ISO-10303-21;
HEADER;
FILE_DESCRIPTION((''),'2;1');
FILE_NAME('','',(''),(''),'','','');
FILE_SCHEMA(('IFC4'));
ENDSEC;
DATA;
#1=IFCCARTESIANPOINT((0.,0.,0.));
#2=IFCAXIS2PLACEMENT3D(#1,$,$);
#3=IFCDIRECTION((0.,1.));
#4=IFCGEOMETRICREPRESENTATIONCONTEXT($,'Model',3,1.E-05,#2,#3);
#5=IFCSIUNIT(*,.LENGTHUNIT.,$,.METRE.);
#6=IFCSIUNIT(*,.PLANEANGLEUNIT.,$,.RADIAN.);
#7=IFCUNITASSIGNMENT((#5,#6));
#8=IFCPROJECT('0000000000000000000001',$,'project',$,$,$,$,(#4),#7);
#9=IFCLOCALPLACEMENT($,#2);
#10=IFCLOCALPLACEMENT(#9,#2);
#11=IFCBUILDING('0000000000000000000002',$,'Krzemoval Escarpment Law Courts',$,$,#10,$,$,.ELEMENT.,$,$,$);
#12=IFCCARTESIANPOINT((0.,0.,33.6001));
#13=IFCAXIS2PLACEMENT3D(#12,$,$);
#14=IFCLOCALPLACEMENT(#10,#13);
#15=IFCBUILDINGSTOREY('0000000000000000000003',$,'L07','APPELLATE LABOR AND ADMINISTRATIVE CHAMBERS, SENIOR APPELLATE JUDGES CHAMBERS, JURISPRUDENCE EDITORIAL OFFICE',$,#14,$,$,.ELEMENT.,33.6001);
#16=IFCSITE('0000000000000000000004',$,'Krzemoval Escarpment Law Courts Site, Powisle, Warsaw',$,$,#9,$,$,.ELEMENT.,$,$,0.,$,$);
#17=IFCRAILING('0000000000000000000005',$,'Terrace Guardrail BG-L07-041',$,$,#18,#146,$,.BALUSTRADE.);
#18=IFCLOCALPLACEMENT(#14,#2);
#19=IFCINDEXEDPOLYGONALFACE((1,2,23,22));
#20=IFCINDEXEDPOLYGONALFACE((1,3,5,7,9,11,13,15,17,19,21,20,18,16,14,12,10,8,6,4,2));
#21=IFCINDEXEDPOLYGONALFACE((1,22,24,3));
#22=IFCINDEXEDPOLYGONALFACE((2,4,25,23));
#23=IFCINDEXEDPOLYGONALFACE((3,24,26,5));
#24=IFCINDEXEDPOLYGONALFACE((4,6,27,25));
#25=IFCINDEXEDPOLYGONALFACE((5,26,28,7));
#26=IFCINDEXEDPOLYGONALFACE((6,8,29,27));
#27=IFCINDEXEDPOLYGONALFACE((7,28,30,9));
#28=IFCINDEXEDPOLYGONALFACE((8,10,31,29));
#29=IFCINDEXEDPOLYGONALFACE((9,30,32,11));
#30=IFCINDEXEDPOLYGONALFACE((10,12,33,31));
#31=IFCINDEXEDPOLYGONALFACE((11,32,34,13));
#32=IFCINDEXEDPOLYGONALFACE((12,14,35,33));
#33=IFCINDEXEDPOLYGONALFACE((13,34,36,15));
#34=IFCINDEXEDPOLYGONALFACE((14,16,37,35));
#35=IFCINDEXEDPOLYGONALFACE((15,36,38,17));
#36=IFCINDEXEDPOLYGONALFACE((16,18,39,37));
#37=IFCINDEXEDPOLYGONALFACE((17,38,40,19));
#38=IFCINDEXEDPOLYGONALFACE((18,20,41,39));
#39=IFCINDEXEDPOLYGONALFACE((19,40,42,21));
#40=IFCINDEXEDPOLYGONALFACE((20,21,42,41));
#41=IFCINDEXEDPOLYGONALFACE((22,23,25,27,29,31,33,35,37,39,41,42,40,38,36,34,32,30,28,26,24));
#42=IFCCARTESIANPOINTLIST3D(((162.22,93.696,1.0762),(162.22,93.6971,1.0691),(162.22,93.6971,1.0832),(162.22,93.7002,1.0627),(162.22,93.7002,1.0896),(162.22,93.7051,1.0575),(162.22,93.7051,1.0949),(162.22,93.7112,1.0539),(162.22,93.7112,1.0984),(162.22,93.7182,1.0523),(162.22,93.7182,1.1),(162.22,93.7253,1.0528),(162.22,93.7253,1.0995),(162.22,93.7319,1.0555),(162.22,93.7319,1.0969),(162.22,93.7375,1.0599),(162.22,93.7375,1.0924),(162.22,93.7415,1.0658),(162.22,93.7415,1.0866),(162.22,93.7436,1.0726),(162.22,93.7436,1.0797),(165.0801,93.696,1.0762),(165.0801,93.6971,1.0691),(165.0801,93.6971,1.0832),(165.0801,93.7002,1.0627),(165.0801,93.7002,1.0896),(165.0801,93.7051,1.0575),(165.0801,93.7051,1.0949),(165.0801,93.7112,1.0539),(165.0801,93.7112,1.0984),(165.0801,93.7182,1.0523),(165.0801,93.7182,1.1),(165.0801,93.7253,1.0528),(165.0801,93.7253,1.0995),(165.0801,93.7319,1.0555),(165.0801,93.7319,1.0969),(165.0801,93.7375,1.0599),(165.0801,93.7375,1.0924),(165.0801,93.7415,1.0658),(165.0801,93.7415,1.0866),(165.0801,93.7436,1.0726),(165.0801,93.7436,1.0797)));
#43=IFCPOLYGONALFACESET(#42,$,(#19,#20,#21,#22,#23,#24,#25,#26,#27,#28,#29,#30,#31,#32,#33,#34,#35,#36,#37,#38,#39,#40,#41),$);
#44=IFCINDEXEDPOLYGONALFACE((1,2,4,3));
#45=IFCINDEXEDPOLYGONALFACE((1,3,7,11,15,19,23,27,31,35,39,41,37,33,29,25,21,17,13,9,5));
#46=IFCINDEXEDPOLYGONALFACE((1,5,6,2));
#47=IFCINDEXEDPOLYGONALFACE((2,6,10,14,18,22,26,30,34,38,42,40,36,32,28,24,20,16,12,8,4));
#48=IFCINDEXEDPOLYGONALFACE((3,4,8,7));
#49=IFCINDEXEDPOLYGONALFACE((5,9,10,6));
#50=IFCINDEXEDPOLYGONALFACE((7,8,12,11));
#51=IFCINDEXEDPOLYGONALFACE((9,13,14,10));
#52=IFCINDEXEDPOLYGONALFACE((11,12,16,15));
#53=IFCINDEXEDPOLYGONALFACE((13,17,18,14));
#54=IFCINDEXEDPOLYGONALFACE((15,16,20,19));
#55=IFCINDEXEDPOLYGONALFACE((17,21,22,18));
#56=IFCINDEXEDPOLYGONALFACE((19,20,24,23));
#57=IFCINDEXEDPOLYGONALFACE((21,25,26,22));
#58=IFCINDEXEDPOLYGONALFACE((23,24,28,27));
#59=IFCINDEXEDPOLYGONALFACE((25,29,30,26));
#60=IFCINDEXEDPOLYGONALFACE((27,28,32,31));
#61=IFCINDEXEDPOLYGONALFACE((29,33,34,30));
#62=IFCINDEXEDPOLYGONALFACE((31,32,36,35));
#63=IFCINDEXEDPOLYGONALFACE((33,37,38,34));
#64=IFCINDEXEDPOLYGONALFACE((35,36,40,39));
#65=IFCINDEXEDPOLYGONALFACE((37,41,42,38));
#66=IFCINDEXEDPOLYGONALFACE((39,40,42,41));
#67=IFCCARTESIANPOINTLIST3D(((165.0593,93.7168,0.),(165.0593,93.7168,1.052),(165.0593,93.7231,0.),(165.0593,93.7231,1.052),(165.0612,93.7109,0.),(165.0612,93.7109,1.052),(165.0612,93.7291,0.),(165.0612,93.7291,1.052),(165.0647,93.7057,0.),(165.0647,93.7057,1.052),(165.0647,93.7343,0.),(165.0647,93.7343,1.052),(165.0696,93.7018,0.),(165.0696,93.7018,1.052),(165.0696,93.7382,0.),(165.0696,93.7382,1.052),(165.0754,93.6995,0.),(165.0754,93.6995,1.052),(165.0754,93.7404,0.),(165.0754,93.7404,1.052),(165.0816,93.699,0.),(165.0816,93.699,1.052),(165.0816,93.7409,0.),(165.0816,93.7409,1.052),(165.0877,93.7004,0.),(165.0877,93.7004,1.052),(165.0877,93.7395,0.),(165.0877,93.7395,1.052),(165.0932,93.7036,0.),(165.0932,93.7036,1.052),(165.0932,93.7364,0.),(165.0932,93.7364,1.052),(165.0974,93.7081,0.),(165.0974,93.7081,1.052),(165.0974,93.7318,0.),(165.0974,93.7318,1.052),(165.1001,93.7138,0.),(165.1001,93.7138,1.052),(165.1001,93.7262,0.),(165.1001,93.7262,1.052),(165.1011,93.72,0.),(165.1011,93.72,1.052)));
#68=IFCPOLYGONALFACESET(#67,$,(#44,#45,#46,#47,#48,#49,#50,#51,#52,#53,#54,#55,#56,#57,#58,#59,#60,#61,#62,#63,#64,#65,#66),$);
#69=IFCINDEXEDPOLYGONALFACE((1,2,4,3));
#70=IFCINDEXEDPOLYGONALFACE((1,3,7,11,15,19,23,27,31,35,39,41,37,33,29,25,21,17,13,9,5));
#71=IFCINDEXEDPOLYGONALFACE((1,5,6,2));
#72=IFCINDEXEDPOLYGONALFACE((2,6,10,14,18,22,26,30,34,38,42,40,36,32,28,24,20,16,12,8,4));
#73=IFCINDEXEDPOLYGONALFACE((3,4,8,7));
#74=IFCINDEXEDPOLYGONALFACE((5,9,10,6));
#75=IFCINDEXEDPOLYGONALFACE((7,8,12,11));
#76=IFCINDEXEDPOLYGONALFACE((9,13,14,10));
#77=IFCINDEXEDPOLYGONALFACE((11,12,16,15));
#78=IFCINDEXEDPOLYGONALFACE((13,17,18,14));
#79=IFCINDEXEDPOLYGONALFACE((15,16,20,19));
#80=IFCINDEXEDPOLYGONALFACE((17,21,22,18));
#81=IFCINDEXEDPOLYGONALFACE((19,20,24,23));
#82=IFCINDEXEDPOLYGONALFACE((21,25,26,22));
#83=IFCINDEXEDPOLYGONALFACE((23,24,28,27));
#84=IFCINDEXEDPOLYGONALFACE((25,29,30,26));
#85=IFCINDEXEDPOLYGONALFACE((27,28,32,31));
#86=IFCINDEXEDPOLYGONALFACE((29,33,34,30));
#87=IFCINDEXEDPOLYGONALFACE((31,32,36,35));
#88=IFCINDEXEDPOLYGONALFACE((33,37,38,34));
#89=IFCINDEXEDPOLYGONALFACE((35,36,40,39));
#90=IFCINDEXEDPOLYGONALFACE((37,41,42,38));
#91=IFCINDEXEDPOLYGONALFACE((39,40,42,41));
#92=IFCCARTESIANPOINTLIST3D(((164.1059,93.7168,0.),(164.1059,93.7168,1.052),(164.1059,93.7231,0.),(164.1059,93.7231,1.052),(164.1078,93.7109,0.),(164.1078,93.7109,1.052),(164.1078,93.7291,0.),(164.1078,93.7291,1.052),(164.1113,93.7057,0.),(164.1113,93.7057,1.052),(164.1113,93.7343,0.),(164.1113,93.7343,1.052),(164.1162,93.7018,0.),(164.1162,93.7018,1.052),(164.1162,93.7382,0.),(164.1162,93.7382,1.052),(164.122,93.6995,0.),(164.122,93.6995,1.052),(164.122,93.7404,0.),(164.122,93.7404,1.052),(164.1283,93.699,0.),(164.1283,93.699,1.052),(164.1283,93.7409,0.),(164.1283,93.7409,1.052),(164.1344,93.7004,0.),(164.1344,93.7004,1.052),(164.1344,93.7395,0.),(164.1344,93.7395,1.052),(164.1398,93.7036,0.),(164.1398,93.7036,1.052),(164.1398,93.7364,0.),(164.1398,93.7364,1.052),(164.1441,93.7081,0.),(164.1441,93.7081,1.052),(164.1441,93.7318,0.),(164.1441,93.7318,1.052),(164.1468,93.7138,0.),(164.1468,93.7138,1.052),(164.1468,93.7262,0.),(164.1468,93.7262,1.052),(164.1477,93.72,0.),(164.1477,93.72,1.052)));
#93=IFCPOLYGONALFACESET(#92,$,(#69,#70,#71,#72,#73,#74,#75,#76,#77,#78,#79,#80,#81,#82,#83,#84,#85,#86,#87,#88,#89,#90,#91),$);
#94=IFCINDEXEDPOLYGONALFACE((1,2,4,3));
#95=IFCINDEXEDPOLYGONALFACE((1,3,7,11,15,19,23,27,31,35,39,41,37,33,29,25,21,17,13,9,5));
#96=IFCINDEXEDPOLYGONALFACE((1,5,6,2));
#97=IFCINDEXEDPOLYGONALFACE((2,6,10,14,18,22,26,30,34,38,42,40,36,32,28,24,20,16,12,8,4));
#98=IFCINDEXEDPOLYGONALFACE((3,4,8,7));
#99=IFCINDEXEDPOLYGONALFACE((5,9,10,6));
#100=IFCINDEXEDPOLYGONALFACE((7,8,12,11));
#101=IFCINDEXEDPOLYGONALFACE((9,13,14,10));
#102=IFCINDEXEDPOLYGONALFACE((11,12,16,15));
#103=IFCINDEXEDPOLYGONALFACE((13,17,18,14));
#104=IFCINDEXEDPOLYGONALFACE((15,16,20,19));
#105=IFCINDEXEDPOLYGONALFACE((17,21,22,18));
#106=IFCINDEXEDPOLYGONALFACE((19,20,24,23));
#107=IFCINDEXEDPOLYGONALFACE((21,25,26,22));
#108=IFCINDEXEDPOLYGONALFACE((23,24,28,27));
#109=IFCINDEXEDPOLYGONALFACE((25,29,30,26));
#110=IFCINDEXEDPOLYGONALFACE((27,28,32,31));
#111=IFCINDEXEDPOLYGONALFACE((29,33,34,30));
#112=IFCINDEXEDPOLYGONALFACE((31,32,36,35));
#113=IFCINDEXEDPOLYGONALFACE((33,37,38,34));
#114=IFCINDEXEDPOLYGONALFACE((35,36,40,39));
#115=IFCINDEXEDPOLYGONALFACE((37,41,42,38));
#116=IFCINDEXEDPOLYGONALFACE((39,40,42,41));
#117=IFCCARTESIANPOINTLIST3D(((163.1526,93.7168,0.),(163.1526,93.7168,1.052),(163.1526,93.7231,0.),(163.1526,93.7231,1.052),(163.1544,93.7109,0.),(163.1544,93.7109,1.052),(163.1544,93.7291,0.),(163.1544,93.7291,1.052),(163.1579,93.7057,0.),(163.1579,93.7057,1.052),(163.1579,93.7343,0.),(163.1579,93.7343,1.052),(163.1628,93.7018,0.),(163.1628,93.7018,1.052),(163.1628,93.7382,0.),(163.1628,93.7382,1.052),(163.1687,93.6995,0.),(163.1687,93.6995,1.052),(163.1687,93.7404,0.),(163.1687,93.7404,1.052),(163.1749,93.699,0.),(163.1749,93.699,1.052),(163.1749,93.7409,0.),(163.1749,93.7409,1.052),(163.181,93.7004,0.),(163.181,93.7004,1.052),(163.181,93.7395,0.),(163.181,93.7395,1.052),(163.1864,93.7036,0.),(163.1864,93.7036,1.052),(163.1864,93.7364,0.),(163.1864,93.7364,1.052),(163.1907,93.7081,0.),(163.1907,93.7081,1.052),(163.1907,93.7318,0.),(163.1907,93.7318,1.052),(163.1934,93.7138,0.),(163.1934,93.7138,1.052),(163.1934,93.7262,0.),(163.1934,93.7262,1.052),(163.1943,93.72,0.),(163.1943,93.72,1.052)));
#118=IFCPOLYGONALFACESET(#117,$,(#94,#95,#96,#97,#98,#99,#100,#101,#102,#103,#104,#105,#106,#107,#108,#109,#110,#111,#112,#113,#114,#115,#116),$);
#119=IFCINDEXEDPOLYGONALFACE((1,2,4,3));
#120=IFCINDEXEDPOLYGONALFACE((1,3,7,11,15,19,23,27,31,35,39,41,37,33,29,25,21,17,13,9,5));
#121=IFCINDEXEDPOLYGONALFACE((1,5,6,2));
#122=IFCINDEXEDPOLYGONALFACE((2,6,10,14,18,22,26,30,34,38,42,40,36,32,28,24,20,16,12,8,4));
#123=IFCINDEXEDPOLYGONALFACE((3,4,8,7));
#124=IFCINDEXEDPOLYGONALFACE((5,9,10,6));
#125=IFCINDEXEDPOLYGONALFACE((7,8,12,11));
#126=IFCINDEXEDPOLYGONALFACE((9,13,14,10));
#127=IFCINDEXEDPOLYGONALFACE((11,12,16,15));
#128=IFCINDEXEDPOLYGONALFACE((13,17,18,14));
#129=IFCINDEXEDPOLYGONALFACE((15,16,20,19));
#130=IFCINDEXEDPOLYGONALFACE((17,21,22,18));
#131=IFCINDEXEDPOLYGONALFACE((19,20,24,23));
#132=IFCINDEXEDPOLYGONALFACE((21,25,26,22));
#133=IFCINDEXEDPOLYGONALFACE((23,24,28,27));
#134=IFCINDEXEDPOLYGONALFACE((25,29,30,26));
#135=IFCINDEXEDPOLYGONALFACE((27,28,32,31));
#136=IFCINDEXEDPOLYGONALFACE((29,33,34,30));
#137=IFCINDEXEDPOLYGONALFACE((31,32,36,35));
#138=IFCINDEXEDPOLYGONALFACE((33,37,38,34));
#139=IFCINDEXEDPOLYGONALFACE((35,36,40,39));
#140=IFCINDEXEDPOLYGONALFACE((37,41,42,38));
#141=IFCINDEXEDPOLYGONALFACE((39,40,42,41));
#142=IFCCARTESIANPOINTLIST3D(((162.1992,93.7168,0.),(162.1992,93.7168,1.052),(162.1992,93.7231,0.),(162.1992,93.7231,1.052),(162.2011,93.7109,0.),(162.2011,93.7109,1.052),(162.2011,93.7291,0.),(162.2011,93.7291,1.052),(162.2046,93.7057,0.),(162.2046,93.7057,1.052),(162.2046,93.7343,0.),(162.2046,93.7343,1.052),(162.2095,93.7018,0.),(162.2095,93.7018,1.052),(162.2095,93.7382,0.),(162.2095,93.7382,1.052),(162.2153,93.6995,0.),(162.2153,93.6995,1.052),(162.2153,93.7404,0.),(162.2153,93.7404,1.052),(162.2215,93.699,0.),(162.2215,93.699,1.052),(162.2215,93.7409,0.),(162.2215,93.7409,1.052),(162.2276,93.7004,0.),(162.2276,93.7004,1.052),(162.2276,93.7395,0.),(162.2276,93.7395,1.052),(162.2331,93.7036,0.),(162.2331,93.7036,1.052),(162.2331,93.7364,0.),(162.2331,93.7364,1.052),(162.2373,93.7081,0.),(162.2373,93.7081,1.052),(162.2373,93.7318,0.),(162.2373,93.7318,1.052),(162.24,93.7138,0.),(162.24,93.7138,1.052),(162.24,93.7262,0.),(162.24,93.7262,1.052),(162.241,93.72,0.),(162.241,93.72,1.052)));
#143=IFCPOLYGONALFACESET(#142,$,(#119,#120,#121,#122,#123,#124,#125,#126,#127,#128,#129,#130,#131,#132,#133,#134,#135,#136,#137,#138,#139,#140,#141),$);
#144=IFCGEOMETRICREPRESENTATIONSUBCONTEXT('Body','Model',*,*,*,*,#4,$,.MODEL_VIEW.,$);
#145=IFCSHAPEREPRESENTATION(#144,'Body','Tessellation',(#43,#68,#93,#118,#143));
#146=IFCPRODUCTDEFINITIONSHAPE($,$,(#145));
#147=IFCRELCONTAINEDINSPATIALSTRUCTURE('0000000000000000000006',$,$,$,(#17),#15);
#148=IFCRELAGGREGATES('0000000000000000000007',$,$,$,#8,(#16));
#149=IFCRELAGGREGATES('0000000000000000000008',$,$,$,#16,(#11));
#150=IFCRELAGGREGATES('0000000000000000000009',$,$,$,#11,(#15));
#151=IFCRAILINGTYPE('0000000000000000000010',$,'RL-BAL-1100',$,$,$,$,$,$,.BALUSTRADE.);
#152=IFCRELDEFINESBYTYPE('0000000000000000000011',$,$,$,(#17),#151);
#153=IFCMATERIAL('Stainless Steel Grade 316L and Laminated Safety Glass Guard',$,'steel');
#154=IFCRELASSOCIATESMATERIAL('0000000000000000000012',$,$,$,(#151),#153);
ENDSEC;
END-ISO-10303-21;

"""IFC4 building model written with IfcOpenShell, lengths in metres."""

from ifc_helpers import new_model, si_unit, direction, frame, origin, origin_2d, place, context, subcontext, project, spatial, circle, extrude, material, type_object, element, save


model = new_model("IFC4")

# Units and contexts
model_context = context("Model", 3, precision=1e-05, world=origin(), true_north=direction((0.0, 1.0)))
body_context = subcontext(model_context, "Body", "Model", "MODEL_VIEW")
ifc_project = project(units=[si_unit("LENGTHUNIT", "METRE"), si_unit("PLANEANGLEUNIT", "RADIAN")], contexts=[model_context])

# Site, building, storey
site_placement = place(None, origin())
site = spatial("IfcSite", under=ifc_project, at=site_placement, Name="Krzemoval Escarpment Law Courts Site, Powisle, Warsaw", CompositionType="ELEMENT", RefElevation=0.0)
building_placement = place(site_placement, origin())
building = spatial("IfcBuilding", under=site, at=building_placement, Name="Krzemoval Escarpment Law Courts", CompositionType="ELEMENT")
storey_placement = place(building_placement, frame((0.0, 0.0, 33.6001)))
storey = spatial("IfcBuildingStorey", under=building, at=storey_placement, Name="L07", Description="APPELLATE LABOR AND ADMINISTRATIVE CHAMBERS, SENIOR APPELLATE JUDGES CHAMBERS, JURISPRUDENCE EDITORIAL OFFICE", CompositionType="ELEMENT", Elevation=33.6001)

# Railing
ifc_material_1 = material(Name="Stainless Steel Grade 316L and Laminated Safety Glass Guard", Category="steel")
railing_type = type_object("IfcRailingType", Name="RL-BAL-1100", PredefinedType="BALUSTRADE", material=ifc_material_1)
railing_1_placement = place(storey_placement, frame((165.0801, 93.72, 0.0)))
element("IfcRailing", 1, at=railing_1_placement, inside=storey, type_object=railing_type, Name="Terrace Guardrail BG-L07-041", PredefinedType="BALUSTRADE", context=body_context, shape_type="SweptSolid", body=[
    extrude(circle(Radius=0.0239, at=origin_2d()), frame((0.0, 0.0, 1.0762), z_axis=(-1.0, 0.0, 0.0), x_axis=(0.0, -1.0, 0.0)), (0.0, 0.0, 1.0), 2.8601),
    extrude(circle(Radius=0.021, at=origin_2d()), origin(), (0.0, 0.0, 1.0), 1.052),
    extrude(circle(Radius=0.021, at=origin_2d()), frame((-0.9534, 0.0, 0.0)), (0.0, 0.0, 1.0), 1.052),
    extrude(circle(Radius=0.021, at=origin_2d()), frame((-1.9067, 0.0, 0.0)), (0.0, 0.0, 1.0), 1.052),
    extrude(circle(Radius=0.021, at=origin_2d()), frame((-2.8601, 0.0, 0.0)), (0.0, 0.0, 1.0), 1.052),
])

save(model, "model.ifc")
